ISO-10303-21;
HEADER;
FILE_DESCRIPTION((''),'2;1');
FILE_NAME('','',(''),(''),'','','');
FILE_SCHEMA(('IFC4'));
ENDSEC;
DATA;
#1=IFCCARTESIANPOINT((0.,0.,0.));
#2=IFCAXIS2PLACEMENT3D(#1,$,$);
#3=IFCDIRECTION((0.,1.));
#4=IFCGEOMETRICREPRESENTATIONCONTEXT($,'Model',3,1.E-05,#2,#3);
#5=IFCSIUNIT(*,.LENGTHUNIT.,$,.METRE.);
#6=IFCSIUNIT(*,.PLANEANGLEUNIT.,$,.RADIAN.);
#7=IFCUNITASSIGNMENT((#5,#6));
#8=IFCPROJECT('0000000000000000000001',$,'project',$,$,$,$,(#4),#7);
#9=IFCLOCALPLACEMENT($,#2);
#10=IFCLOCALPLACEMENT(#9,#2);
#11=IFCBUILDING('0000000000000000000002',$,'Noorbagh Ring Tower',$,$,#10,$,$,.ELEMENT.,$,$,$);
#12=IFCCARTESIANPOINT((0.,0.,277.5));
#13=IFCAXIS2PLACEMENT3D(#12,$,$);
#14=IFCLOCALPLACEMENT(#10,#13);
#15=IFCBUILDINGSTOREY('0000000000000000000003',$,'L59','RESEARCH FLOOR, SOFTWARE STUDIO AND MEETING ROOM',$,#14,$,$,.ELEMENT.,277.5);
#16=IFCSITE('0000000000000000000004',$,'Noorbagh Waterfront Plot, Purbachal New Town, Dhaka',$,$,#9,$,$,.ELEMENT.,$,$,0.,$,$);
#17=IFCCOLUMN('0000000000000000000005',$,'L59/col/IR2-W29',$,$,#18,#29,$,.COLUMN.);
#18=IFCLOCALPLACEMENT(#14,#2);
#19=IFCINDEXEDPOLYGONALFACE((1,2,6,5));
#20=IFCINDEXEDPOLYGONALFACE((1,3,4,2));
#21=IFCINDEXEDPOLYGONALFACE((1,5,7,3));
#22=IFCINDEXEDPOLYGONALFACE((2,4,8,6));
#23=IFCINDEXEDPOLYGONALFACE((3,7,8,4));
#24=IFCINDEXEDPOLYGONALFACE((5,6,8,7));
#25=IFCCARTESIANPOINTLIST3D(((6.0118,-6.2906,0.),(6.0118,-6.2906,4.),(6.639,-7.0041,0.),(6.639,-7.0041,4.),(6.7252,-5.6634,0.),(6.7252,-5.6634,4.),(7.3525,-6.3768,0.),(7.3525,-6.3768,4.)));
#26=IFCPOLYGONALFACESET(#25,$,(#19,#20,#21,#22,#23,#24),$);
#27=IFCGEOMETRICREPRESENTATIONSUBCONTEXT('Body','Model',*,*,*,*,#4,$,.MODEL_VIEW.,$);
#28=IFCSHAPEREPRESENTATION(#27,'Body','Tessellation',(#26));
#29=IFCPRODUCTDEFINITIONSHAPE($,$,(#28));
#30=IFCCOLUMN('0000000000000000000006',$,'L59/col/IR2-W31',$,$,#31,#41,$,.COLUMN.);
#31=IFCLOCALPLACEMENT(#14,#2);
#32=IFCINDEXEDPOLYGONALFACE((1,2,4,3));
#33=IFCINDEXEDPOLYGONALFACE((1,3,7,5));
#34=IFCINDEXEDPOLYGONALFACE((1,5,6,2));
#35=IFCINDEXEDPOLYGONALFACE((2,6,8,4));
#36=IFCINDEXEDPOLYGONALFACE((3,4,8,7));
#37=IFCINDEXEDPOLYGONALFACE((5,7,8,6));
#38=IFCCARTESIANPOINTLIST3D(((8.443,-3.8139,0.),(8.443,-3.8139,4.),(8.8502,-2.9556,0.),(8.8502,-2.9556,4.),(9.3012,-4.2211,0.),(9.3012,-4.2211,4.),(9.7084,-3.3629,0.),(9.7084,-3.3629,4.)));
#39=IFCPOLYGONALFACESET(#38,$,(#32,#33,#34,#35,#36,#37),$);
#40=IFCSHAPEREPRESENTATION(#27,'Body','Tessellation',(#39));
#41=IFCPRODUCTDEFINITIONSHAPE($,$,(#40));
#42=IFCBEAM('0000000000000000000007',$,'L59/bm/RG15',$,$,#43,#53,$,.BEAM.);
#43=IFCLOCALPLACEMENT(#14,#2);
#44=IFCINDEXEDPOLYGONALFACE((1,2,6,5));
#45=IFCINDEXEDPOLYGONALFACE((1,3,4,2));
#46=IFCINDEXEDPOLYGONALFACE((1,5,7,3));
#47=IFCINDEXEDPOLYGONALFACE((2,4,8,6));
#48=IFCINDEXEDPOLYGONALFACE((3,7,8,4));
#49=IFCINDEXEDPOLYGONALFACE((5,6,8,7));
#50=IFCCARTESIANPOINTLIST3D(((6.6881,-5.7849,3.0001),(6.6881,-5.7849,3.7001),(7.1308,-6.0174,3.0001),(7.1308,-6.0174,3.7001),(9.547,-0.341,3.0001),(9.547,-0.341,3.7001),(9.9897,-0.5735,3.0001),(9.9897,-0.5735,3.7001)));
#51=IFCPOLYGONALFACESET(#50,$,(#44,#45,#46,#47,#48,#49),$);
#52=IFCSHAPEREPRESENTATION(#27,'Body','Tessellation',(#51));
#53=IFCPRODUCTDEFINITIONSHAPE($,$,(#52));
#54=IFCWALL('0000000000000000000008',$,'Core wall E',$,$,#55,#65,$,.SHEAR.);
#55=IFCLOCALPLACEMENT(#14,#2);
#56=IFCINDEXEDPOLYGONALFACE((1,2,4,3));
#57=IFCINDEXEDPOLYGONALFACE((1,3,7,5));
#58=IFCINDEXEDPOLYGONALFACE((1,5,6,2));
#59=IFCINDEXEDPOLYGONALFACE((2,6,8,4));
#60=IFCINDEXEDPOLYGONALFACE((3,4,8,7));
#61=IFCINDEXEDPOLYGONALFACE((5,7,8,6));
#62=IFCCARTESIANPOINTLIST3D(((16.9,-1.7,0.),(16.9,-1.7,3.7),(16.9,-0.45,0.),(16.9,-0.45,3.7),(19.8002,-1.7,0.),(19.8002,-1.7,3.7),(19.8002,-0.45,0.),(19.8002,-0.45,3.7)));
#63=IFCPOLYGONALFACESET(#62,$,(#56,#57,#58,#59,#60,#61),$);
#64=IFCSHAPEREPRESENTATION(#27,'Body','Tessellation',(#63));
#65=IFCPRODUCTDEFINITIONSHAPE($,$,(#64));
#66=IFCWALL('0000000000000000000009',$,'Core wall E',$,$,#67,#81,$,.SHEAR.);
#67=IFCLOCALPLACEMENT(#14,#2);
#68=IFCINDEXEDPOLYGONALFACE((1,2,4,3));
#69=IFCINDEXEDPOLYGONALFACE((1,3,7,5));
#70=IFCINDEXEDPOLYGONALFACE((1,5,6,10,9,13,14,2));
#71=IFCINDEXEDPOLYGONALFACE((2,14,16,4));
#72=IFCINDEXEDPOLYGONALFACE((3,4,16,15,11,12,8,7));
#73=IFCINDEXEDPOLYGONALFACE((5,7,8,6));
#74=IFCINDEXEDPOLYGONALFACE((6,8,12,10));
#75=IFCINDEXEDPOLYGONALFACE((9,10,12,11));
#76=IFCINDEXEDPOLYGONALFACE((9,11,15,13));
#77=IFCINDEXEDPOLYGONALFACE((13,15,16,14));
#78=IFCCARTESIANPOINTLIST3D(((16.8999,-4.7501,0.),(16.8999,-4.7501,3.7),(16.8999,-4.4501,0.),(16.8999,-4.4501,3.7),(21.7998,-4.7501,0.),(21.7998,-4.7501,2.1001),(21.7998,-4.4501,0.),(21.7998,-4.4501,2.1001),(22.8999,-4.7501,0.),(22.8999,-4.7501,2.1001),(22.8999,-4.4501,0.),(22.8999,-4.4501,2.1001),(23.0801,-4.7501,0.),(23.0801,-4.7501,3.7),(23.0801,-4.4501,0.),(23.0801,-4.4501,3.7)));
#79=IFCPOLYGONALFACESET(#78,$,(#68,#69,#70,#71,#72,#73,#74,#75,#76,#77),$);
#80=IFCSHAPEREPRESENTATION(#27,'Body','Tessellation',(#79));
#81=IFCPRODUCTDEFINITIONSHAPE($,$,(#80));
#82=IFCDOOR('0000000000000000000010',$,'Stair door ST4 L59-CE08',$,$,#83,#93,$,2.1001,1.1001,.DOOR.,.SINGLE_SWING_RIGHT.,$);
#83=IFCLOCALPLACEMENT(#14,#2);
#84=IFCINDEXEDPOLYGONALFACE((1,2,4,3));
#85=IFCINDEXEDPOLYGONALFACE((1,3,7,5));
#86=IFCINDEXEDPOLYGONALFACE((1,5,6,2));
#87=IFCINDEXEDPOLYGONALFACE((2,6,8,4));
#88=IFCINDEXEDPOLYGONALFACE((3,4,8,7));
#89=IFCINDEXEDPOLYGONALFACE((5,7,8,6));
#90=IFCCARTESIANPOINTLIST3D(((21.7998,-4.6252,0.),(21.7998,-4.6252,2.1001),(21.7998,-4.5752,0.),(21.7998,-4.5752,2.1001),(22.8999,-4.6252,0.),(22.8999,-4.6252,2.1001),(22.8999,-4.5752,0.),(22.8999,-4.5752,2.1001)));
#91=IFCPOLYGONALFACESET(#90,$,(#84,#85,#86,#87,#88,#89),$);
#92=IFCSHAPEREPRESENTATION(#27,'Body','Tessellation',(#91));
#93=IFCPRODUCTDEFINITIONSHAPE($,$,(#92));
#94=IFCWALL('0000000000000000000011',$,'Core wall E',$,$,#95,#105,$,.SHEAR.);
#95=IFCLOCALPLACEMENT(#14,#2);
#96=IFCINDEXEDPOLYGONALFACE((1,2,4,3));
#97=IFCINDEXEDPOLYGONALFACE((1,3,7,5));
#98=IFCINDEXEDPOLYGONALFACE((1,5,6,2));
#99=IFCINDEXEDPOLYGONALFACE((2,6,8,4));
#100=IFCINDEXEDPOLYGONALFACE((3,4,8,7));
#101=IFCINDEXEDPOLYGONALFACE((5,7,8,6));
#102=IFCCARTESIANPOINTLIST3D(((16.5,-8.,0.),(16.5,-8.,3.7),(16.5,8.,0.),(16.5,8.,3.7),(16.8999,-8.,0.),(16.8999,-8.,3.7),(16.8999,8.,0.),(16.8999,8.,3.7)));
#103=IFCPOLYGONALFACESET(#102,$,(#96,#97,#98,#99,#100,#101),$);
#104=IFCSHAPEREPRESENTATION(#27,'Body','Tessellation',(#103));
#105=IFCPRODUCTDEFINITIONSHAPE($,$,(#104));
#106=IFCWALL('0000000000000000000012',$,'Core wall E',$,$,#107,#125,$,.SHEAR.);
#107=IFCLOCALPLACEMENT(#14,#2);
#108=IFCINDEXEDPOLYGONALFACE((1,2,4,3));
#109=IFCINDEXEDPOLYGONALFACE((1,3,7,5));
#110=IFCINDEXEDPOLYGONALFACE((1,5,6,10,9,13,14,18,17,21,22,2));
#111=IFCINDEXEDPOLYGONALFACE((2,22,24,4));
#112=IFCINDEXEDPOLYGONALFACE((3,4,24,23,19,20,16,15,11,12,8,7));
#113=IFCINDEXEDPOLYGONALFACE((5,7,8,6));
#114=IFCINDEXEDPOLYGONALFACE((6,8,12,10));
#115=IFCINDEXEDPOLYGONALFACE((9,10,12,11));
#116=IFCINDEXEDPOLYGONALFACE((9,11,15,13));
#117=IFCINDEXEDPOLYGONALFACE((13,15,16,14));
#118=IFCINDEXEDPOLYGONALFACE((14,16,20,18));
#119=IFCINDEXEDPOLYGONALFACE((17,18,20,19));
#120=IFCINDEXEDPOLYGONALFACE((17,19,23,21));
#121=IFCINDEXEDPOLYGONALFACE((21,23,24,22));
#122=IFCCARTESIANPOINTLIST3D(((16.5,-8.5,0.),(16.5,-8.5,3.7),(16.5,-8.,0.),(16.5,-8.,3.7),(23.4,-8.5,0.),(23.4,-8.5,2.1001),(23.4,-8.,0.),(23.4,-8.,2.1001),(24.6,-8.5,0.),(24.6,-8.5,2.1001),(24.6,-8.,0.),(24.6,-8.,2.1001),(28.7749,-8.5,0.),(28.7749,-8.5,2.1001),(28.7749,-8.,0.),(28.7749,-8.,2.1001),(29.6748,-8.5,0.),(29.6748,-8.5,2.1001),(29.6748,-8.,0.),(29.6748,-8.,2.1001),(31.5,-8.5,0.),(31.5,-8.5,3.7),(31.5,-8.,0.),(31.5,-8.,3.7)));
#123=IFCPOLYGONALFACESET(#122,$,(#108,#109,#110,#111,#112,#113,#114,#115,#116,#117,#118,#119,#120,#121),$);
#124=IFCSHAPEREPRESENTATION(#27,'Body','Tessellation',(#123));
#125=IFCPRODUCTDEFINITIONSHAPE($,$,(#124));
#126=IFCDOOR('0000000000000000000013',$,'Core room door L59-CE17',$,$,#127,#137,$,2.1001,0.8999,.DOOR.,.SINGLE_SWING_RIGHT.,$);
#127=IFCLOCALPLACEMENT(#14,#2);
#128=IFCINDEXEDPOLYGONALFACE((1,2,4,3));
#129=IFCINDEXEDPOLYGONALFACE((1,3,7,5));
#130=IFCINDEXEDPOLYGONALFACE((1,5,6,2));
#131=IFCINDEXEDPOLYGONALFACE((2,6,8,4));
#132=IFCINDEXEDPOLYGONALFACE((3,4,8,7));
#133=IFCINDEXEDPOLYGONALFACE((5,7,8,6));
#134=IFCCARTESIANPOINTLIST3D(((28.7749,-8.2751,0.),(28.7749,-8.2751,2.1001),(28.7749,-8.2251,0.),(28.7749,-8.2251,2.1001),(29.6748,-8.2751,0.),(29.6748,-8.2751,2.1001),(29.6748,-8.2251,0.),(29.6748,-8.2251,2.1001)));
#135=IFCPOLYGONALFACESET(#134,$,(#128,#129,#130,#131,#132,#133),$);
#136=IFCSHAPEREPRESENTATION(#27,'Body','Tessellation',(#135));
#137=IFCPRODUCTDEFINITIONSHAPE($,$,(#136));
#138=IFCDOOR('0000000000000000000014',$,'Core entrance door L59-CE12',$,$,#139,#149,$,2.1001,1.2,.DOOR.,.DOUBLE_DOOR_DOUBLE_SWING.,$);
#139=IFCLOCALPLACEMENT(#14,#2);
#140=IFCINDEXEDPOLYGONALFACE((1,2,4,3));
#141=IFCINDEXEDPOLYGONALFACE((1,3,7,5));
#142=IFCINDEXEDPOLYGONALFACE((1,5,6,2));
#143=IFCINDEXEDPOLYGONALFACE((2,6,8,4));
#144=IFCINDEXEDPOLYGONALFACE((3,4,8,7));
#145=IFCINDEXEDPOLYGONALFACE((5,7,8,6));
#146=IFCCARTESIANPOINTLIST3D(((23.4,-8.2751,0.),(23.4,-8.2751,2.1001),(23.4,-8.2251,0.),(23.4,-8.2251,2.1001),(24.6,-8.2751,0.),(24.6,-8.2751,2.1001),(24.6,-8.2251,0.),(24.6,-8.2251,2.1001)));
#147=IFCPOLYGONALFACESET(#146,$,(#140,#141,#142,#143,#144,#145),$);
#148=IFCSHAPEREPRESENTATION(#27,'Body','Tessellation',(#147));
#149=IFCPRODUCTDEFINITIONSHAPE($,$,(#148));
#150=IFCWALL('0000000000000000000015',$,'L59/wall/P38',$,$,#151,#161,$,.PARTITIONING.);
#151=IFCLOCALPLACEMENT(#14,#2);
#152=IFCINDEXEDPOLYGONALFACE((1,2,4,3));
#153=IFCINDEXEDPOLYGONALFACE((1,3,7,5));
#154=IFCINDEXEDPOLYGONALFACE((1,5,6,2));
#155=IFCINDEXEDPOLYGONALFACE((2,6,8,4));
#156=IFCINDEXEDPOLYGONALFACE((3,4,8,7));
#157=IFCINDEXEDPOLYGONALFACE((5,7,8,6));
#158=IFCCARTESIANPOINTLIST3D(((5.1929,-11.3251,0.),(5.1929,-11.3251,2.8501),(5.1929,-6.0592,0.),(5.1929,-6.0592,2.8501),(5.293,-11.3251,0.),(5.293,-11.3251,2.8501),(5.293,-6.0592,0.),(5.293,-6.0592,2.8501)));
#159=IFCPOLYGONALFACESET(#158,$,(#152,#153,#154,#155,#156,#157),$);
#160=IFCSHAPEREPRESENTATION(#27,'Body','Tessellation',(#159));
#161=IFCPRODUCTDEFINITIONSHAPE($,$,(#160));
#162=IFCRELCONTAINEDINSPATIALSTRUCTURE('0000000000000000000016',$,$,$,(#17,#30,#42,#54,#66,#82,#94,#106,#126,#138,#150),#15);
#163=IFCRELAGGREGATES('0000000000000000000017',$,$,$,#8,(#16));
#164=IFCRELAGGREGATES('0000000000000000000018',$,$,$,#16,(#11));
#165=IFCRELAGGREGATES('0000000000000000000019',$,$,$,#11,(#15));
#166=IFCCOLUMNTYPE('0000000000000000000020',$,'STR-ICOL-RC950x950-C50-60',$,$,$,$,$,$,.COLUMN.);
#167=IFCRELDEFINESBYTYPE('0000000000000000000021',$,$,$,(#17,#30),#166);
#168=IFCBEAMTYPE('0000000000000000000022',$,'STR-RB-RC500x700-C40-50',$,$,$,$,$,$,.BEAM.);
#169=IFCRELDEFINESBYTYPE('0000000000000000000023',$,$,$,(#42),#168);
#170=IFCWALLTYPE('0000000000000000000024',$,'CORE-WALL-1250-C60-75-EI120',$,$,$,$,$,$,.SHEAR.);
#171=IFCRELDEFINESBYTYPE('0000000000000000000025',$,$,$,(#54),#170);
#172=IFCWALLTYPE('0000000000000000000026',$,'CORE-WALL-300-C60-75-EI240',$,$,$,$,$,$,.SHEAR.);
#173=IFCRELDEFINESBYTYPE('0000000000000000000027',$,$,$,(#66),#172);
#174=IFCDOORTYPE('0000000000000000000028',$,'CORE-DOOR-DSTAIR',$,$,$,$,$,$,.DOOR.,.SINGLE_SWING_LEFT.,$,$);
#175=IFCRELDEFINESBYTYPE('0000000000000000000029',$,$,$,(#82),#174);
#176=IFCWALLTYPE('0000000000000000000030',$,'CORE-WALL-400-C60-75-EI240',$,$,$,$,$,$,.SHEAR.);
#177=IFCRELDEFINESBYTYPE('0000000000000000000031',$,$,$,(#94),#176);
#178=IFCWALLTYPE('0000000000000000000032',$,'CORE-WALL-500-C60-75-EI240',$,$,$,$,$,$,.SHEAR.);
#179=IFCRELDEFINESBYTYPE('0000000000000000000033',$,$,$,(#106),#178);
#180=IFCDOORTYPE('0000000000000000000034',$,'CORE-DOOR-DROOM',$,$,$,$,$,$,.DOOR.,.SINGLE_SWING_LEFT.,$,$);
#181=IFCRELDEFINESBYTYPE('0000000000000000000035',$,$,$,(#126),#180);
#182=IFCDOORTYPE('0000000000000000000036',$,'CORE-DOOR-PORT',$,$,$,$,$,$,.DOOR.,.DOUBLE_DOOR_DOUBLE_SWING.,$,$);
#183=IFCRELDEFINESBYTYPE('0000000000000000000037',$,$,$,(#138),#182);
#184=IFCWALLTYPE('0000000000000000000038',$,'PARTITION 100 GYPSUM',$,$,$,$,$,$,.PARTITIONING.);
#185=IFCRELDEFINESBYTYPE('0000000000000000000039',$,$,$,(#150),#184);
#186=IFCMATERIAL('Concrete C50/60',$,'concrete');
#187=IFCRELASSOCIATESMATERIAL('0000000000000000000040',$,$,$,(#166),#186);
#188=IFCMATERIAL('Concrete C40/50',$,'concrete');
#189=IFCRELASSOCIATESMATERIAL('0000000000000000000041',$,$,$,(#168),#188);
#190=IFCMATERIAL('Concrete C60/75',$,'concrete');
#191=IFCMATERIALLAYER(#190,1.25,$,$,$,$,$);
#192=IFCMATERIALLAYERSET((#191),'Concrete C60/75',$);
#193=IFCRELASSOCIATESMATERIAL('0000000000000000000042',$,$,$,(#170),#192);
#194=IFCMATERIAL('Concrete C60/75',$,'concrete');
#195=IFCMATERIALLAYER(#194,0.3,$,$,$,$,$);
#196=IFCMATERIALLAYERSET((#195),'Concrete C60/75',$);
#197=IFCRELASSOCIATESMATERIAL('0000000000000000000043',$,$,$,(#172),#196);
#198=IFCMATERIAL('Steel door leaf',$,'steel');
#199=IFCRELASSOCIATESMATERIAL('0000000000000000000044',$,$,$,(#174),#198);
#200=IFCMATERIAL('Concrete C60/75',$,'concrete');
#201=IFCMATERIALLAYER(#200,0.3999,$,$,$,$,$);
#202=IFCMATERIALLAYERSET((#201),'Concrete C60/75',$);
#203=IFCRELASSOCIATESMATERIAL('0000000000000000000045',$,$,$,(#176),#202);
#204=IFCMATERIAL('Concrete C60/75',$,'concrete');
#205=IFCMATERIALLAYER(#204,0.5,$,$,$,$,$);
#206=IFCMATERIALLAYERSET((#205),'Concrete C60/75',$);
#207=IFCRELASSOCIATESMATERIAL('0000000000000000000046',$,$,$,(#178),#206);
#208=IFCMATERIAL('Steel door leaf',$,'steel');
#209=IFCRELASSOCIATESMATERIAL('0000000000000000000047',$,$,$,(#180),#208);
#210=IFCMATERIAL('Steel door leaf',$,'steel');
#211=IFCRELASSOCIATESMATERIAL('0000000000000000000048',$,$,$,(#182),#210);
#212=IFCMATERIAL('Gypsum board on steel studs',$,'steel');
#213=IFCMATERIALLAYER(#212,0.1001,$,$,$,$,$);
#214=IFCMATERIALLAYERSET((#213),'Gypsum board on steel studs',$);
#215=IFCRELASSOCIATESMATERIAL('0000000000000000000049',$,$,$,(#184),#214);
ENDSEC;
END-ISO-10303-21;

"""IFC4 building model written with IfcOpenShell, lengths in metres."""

from ifc_helpers import new_model, si_unit, direction, frame, frame_2d, origin, origin_2d, place, context, subcontext, project, spatial, rectangle, extrude, material, layer, layer_set, material_profile, profile_set, type_object, element, fill, save


model = new_model("IFC4")

# Units and contexts
model_context = context("Model", 3, precision=1e-05, world=origin(), true_north=direction((0.0, 1.0)))
body_context = subcontext(model_context, "Body", "Model", "MODEL_VIEW")
ifc_project = project(units=[si_unit("LENGTHUNIT", "METRE"), si_unit("PLANEANGLEUNIT", "RADIAN")], contexts=[model_context])

# Site, building, storey
site_placement = place(None, origin())
site = spatial("IfcSite", under=ifc_project, at=site_placement, Name="Noorbagh Waterfront Plot, Purbachal New Town, Dhaka", CompositionType="ELEMENT", RefElevation=0.0)
building_placement = place(site_placement, origin())
building = spatial("IfcBuilding", under=site, at=building_placement, Name="Noorbagh Ring Tower", CompositionType="ELEMENT")
storey_placement = place(building_placement, frame((0.0, 0.0, 277.5)))
storey = spatial("IfcBuildingStorey", under=building, at=storey_placement, Name="L59", Description="RESEARCH FLOOR, SOFTWARE STUDIO AND MEETING ROOM", CompositionType="ELEMENT", Elevation=277.5)

# Columns
ifc_material_1 = material(Name="Concrete C50/60", Category="concrete")
ifc_material_profile_1 = material_profile(ifc_material_1, rectangle(XDim=0.95, YDim=0.95, at=origin_2d()), Name="RC950x950")
ifc_profile_set_1 = profile_set([ifc_material_profile_1], Name="Concrete C50/60")
column_type = type_object("IfcColumnType", Name="STR-ICOL-RC950x950-C50-60", PredefinedType="COLUMN", material=ifc_profile_set_1)
for number, where, z_axis, x_axis, name in (
    (1, (6.6821, -6.3337, 0.0), (0.0, 0.0, 1.0), (0.751022, 0.660277, 0.0), "L59/col/IR2-W29"),
    (2, (9.0757, -3.5884, 0.0), (0.0, 0.0, 1.0), (0.428667, 0.903463, 0.0), "L59/col/IR2-W31"),
):
    element("IfcColumn", number, at=place(storey_placement, frame(where, z_axis=z_axis, x_axis=x_axis)), inside=storey, type_object=column_type, Name=name, PredefinedType="COLUMN", context=body_context, shape_type="SweptSolid", body=[
        extrude(rectangle(XDim=0.95, YDim=0.95, at=origin_2d()), origin(), (0.0, 0.0, 1.0), 4.0),
    ])

# Beam
ifc_material_2 = material(Name="Concrete C40/50", Category="concrete")
ifc_material_profile_2 = material_profile(ifc_material_2, rectangle(XDim=0.5, YDim=0.7, at=origin_2d()), Name="RC500x700")
ifc_profile_set_2 = profile_set([ifc_material_profile_2], Name="Concrete C40/50")
beam_type = type_object("IfcBeamType", Name="STR-RB-RC500x700-C40-50", PredefinedType="BEAM", material=ifc_profile_set_2)
beam_placement = place(storey_placement, frame((6.9094, -5.9011, 3.3501), z_axis=(0.464944, 0.88534, 0.0), x_axis=(-0.88534, 0.464944, 0.0)))
element("IfcBeam", 3, at=beam_placement, inside=storey, type_object=beam_type, Name="L59/bm/RG15", PredefinedType="BEAM", context=body_context, shape_type="SweptSolid", body=[
    extrude(rectangle(XDim=0.5, YDim=0.7, at=origin_2d()), origin(), (0.0, 0.0, 1.0), 6.1489),
])

# Wall
ifc_material_3 = material(Name="Concrete C60/75", Category="concrete")
ifc_layer_1 = layer(ifc_material_3, 1.25)
ifc_layer_set_1 = layer_set([ifc_layer_1], Name="Concrete C60/75")
wall_type_1 = type_object("IfcWallType", Name="CORE-WALL-1250-C60-75-EI120", PredefinedType="SHEAR", material=ifc_layer_set_1)
wall_1_placement = place(storey_placement, frame((16.8999, -1.075, 0.0), z_axis=(0.0, 0.0, 1.0), x_axis=(1.0, 0.0, 0.0)))
element("IfcWall", 4, at=wall_1_placement, inside=storey, type_object=wall_type_1, Name="Core wall E", PredefinedType="SHEAR", context=body_context, shape_type="SweptSolid", body=[
    extrude(rectangle(XDim=2.9001, YDim=1.25, at=frame_2d((1.4502, 0.0))), origin(), (0.0, 0.0, 1.0), 3.7),
])

# Wall, opening, door
ifc_material_4 = material(Name="Concrete C60/75", Category="concrete")
ifc_layer_2 = layer(ifc_material_4, 0.3)
ifc_layer_set_2 = layer_set([ifc_layer_2], Name="Concrete C60/75")
wall_type_2 = type_object("IfcWallType", Name="CORE-WALL-300-C60-75-EI240", PredefinedType="SHEAR", material=ifc_layer_set_2)
wall_2_placement = place(storey_placement, frame((16.8999, -4.6001, 0.0), z_axis=(0.0, 0.0, 1.0), x_axis=(1.0, 0.0, 0.0)))
wall_2 = element("IfcWall", 5, at=wall_2_placement, inside=storey, type_object=wall_type_2, Name="Core wall E", PredefinedType="SHEAR", context=body_context, shape_type="SweptSolid", body=[
    extrude(rectangle(XDim=6.1802, YDim=0.3, at=frame_2d((3.0901, 0.0))), origin(), (0.0, 0.0, 1.0), 3.7),
])
opening_1_placement = place(wall_2_placement, frame((4.8999, 0.0, 0.0)))
opening_1 = element("IfcOpeningElement", 6, at=opening_1_placement, cuts=wall_2, PredefinedType="OPENING", context=body_context, shape_type="SweptSolid", body=[
    extrude(rectangle(XDim=1.1001, YDim=2.1001, at=frame_2d((0.55, 1.05))), frame((0.0, 0.1602, 0.0), z_axis=(0.0, -1.0, 0.0), x_axis=(1.0, 0.0, 0.0)), (0.0, 0.0, 1.0), 0.3201),
])
ifc_material_5 = material(Name="Steel door leaf", Category="steel")
door_type_1 = type_object("IfcDoorType", Name="CORE-DOOR-DSTAIR", OperationType="SINGLE_SWING_LEFT", PredefinedType="DOOR", material=ifc_material_5)
door_1_placement = place(opening_1_placement, origin())
door_1 = element("IfcDoor", 7, at=door_1_placement, inside=storey, type_object=door_type_1, Name="Stair door ST4 L59-CE08", OperationType="SINGLE_SWING_RIGHT", OverallHeight=2.1001, OverallWidth=1.1001, PredefinedType="DOOR", context=body_context, shape_type="SweptSolid", body=[
    extrude(rectangle(XDim=1.1001, YDim=2.1001, at=frame_2d((0.55, 1.05))), frame((0.0, 0.0249, 0.0), z_axis=(0.0, -1.0, 0.0), x_axis=(1.0, 0.0, 0.0)), (0.0, 0.0, 1.0), 0.05),
])
fill(opening_1, door_1)

# Wall
ifc_material_6 = material(Name="Concrete C60/75", Category="concrete")
ifc_layer_3 = layer(ifc_material_6, 0.3999)
ifc_layer_set_3 = layer_set([ifc_layer_3], Name="Concrete C60/75")
wall_type_3 = type_object("IfcWallType", Name="CORE-WALL-400-C60-75-EI240", PredefinedType="SHEAR", material=ifc_layer_set_3)
wall_3_placement = place(storey_placement, frame((16.7, -8.0, 0.0), z_axis=(0.0, 0.0, 1.0), x_axis=(0.0, 1.0, 0.0)))
element("IfcWall", 8, at=wall_3_placement, inside=storey, type_object=wall_type_3, Name="Core wall E", PredefinedType="SHEAR", context=body_context, shape_type="SweptSolid", body=[
    extrude(rectangle(XDim=16.0, YDim=0.3999, at=frame_2d((8.0, 0.0))), origin(), (0.0, 0.0, 1.0), 3.7),
])

# Wall, openings, doors
ifc_material_7 = material(Name="Concrete C60/75", Category="concrete")
ifc_layer_4 = layer(ifc_material_7, 0.5)
ifc_layer_set_4 = layer_set([ifc_layer_4], Name="Concrete C60/75")
wall_type_4 = type_object("IfcWallType", Name="CORE-WALL-500-C60-75-EI240", PredefinedType="SHEAR", material=ifc_layer_set_4)
wall_4_placement = place(storey_placement, frame((16.5, -8.25, 0.0), z_axis=(0.0, 0.0, 1.0), x_axis=(1.0, 0.0, 0.0)))
wall_4 = element("IfcWall", 9, at=wall_4_placement, inside=storey, type_object=wall_type_4, Name="Core wall E", PredefinedType="SHEAR", context=body_context, shape_type="SweptSolid", body=[
    extrude(rectangle(XDim=15.0, YDim=0.5, at=frame_2d((7.5, 0.0))), origin(), (0.0, 0.0, 1.0), 3.7),
])
opening_2_placement = place(wall_4_placement, frame((6.8999, 0.0, 0.0)))
opening_2 = element("IfcOpeningElement", 10, at=opening_2_placement, cuts=wall_4, PredefinedType="OPENING", context=body_context, shape_type="SweptSolid", body=[
    extrude(rectangle(XDim=1.2, YDim=2.1001, at=frame_2d((0.6001, 1.05))), frame((0.0, 0.26, 0.0), z_axis=(0.0, -1.0, 0.0), x_axis=(1.0, 0.0, 0.0)), (0.0, 0.0, 1.0), 0.52),
])
opening_3_placement = place(wall_4_placement, frame((12.2749, 0.0, 0.0)))
opening_3 = element("IfcOpeningElement", 11, at=opening_3_placement, cuts=wall_4, PredefinedType="OPENING", context=body_context, shape_type="SweptSolid", body=[
    extrude(rectangle(XDim=0.8999, YDim=2.1001, at=frame_2d((0.45, 1.05))), frame((0.0, 0.26, 0.0), z_axis=(0.0, -1.0, 0.0), x_axis=(1.0, 0.0, 0.0)), (0.0, 0.0, 1.0), 0.52),
])
ifc_material_8 = material(Name="Steel door leaf", Category="steel")
door_type_2 = type_object("IfcDoorType", Name="CORE-DOOR-DROOM", OperationType="SINGLE_SWING_LEFT", PredefinedType="DOOR", material=ifc_material_8)
door_2_placement = place(opening_3_placement, origin())
door_2 = element("IfcDoor", 12, at=door_2_placement, inside=storey, type_object=door_type_2, Name="Core room door L59-CE17", OperationType="SINGLE_SWING_RIGHT", OverallHeight=2.1001, OverallWidth=0.8999, PredefinedType="DOOR", context=body_context, shape_type="SweptSolid", body=[
    extrude(rectangle(XDim=0.8999, YDim=2.1001, at=frame_2d((0.45, 1.05))), frame((0.0, 0.0249, 0.0), z_axis=(0.0, -1.0, 0.0), x_axis=(1.0, 0.0, 0.0)), (0.0, 0.0, 1.0), 0.05),
])
fill(opening_3, door_2)
ifc_material_9 = material(Name="Steel door leaf", Category="steel")
door_type_3 = type_object("IfcDoorType", Name="CORE-DOOR-PORT", OperationType="DOUBLE_DOOR_DOUBLE_SWING", PredefinedType="DOOR", material=ifc_material_9)
door_3_placement = place(opening_2_placement, origin())
door_3 = element("IfcDoor", 13, at=door_3_placement, inside=storey, type_object=door_type_3, Name="Core entrance door L59-CE12", OperationType="DOUBLE_DOOR_DOUBLE_SWING", OverallHeight=2.1001, OverallWidth=1.2, PredefinedType="DOOR", context=body_context, shape_type="SweptSolid", body=[
    extrude(rectangle(XDim=1.2, YDim=2.1001, at=frame_2d((0.6001, 1.05))), frame((0.0, 0.0249, 0.0), z_axis=(0.0, -1.0, 0.0), x_axis=(1.0, 0.0, 0.0)), (0.0, 0.0, 1.0), 0.05),
])
fill(opening_2, door_3)

# Wall
ifc_material_10 = material(Name="Gypsum board on steel studs", Category="steel")
ifc_layer_5 = layer(ifc_material_10, 0.1001)
ifc_layer_set_5 = layer_set([ifc_layer_5], Name="Gypsum board on steel studs")
wall_type_5 = type_object("IfcWallType", Name="PARTITION 100 GYPSUM", PredefinedType="PARTITIONING", material=ifc_layer_set_5)
wall_5_placement = place(storey_placement, frame((5.2429, -11.325, 0.0), z_axis=(0.0, 0.0, 1.0), x_axis=(0.0, 1.0, 0.0)))
element("IfcWall", 14, at=wall_5_placement, inside=storey, type_object=wall_type_5, Name="L59/wall/P38", PredefinedType="PARTITIONING", context=body_context, shape_type="SweptSolid", body=[
    extrude(rectangle(XDim=5.2659, YDim=0.1001, at=frame_2d((2.6328, 0.0))), origin(), (0.0, 0.0, 1.0), 2.8501),
])

save(model, "model.ifc")
